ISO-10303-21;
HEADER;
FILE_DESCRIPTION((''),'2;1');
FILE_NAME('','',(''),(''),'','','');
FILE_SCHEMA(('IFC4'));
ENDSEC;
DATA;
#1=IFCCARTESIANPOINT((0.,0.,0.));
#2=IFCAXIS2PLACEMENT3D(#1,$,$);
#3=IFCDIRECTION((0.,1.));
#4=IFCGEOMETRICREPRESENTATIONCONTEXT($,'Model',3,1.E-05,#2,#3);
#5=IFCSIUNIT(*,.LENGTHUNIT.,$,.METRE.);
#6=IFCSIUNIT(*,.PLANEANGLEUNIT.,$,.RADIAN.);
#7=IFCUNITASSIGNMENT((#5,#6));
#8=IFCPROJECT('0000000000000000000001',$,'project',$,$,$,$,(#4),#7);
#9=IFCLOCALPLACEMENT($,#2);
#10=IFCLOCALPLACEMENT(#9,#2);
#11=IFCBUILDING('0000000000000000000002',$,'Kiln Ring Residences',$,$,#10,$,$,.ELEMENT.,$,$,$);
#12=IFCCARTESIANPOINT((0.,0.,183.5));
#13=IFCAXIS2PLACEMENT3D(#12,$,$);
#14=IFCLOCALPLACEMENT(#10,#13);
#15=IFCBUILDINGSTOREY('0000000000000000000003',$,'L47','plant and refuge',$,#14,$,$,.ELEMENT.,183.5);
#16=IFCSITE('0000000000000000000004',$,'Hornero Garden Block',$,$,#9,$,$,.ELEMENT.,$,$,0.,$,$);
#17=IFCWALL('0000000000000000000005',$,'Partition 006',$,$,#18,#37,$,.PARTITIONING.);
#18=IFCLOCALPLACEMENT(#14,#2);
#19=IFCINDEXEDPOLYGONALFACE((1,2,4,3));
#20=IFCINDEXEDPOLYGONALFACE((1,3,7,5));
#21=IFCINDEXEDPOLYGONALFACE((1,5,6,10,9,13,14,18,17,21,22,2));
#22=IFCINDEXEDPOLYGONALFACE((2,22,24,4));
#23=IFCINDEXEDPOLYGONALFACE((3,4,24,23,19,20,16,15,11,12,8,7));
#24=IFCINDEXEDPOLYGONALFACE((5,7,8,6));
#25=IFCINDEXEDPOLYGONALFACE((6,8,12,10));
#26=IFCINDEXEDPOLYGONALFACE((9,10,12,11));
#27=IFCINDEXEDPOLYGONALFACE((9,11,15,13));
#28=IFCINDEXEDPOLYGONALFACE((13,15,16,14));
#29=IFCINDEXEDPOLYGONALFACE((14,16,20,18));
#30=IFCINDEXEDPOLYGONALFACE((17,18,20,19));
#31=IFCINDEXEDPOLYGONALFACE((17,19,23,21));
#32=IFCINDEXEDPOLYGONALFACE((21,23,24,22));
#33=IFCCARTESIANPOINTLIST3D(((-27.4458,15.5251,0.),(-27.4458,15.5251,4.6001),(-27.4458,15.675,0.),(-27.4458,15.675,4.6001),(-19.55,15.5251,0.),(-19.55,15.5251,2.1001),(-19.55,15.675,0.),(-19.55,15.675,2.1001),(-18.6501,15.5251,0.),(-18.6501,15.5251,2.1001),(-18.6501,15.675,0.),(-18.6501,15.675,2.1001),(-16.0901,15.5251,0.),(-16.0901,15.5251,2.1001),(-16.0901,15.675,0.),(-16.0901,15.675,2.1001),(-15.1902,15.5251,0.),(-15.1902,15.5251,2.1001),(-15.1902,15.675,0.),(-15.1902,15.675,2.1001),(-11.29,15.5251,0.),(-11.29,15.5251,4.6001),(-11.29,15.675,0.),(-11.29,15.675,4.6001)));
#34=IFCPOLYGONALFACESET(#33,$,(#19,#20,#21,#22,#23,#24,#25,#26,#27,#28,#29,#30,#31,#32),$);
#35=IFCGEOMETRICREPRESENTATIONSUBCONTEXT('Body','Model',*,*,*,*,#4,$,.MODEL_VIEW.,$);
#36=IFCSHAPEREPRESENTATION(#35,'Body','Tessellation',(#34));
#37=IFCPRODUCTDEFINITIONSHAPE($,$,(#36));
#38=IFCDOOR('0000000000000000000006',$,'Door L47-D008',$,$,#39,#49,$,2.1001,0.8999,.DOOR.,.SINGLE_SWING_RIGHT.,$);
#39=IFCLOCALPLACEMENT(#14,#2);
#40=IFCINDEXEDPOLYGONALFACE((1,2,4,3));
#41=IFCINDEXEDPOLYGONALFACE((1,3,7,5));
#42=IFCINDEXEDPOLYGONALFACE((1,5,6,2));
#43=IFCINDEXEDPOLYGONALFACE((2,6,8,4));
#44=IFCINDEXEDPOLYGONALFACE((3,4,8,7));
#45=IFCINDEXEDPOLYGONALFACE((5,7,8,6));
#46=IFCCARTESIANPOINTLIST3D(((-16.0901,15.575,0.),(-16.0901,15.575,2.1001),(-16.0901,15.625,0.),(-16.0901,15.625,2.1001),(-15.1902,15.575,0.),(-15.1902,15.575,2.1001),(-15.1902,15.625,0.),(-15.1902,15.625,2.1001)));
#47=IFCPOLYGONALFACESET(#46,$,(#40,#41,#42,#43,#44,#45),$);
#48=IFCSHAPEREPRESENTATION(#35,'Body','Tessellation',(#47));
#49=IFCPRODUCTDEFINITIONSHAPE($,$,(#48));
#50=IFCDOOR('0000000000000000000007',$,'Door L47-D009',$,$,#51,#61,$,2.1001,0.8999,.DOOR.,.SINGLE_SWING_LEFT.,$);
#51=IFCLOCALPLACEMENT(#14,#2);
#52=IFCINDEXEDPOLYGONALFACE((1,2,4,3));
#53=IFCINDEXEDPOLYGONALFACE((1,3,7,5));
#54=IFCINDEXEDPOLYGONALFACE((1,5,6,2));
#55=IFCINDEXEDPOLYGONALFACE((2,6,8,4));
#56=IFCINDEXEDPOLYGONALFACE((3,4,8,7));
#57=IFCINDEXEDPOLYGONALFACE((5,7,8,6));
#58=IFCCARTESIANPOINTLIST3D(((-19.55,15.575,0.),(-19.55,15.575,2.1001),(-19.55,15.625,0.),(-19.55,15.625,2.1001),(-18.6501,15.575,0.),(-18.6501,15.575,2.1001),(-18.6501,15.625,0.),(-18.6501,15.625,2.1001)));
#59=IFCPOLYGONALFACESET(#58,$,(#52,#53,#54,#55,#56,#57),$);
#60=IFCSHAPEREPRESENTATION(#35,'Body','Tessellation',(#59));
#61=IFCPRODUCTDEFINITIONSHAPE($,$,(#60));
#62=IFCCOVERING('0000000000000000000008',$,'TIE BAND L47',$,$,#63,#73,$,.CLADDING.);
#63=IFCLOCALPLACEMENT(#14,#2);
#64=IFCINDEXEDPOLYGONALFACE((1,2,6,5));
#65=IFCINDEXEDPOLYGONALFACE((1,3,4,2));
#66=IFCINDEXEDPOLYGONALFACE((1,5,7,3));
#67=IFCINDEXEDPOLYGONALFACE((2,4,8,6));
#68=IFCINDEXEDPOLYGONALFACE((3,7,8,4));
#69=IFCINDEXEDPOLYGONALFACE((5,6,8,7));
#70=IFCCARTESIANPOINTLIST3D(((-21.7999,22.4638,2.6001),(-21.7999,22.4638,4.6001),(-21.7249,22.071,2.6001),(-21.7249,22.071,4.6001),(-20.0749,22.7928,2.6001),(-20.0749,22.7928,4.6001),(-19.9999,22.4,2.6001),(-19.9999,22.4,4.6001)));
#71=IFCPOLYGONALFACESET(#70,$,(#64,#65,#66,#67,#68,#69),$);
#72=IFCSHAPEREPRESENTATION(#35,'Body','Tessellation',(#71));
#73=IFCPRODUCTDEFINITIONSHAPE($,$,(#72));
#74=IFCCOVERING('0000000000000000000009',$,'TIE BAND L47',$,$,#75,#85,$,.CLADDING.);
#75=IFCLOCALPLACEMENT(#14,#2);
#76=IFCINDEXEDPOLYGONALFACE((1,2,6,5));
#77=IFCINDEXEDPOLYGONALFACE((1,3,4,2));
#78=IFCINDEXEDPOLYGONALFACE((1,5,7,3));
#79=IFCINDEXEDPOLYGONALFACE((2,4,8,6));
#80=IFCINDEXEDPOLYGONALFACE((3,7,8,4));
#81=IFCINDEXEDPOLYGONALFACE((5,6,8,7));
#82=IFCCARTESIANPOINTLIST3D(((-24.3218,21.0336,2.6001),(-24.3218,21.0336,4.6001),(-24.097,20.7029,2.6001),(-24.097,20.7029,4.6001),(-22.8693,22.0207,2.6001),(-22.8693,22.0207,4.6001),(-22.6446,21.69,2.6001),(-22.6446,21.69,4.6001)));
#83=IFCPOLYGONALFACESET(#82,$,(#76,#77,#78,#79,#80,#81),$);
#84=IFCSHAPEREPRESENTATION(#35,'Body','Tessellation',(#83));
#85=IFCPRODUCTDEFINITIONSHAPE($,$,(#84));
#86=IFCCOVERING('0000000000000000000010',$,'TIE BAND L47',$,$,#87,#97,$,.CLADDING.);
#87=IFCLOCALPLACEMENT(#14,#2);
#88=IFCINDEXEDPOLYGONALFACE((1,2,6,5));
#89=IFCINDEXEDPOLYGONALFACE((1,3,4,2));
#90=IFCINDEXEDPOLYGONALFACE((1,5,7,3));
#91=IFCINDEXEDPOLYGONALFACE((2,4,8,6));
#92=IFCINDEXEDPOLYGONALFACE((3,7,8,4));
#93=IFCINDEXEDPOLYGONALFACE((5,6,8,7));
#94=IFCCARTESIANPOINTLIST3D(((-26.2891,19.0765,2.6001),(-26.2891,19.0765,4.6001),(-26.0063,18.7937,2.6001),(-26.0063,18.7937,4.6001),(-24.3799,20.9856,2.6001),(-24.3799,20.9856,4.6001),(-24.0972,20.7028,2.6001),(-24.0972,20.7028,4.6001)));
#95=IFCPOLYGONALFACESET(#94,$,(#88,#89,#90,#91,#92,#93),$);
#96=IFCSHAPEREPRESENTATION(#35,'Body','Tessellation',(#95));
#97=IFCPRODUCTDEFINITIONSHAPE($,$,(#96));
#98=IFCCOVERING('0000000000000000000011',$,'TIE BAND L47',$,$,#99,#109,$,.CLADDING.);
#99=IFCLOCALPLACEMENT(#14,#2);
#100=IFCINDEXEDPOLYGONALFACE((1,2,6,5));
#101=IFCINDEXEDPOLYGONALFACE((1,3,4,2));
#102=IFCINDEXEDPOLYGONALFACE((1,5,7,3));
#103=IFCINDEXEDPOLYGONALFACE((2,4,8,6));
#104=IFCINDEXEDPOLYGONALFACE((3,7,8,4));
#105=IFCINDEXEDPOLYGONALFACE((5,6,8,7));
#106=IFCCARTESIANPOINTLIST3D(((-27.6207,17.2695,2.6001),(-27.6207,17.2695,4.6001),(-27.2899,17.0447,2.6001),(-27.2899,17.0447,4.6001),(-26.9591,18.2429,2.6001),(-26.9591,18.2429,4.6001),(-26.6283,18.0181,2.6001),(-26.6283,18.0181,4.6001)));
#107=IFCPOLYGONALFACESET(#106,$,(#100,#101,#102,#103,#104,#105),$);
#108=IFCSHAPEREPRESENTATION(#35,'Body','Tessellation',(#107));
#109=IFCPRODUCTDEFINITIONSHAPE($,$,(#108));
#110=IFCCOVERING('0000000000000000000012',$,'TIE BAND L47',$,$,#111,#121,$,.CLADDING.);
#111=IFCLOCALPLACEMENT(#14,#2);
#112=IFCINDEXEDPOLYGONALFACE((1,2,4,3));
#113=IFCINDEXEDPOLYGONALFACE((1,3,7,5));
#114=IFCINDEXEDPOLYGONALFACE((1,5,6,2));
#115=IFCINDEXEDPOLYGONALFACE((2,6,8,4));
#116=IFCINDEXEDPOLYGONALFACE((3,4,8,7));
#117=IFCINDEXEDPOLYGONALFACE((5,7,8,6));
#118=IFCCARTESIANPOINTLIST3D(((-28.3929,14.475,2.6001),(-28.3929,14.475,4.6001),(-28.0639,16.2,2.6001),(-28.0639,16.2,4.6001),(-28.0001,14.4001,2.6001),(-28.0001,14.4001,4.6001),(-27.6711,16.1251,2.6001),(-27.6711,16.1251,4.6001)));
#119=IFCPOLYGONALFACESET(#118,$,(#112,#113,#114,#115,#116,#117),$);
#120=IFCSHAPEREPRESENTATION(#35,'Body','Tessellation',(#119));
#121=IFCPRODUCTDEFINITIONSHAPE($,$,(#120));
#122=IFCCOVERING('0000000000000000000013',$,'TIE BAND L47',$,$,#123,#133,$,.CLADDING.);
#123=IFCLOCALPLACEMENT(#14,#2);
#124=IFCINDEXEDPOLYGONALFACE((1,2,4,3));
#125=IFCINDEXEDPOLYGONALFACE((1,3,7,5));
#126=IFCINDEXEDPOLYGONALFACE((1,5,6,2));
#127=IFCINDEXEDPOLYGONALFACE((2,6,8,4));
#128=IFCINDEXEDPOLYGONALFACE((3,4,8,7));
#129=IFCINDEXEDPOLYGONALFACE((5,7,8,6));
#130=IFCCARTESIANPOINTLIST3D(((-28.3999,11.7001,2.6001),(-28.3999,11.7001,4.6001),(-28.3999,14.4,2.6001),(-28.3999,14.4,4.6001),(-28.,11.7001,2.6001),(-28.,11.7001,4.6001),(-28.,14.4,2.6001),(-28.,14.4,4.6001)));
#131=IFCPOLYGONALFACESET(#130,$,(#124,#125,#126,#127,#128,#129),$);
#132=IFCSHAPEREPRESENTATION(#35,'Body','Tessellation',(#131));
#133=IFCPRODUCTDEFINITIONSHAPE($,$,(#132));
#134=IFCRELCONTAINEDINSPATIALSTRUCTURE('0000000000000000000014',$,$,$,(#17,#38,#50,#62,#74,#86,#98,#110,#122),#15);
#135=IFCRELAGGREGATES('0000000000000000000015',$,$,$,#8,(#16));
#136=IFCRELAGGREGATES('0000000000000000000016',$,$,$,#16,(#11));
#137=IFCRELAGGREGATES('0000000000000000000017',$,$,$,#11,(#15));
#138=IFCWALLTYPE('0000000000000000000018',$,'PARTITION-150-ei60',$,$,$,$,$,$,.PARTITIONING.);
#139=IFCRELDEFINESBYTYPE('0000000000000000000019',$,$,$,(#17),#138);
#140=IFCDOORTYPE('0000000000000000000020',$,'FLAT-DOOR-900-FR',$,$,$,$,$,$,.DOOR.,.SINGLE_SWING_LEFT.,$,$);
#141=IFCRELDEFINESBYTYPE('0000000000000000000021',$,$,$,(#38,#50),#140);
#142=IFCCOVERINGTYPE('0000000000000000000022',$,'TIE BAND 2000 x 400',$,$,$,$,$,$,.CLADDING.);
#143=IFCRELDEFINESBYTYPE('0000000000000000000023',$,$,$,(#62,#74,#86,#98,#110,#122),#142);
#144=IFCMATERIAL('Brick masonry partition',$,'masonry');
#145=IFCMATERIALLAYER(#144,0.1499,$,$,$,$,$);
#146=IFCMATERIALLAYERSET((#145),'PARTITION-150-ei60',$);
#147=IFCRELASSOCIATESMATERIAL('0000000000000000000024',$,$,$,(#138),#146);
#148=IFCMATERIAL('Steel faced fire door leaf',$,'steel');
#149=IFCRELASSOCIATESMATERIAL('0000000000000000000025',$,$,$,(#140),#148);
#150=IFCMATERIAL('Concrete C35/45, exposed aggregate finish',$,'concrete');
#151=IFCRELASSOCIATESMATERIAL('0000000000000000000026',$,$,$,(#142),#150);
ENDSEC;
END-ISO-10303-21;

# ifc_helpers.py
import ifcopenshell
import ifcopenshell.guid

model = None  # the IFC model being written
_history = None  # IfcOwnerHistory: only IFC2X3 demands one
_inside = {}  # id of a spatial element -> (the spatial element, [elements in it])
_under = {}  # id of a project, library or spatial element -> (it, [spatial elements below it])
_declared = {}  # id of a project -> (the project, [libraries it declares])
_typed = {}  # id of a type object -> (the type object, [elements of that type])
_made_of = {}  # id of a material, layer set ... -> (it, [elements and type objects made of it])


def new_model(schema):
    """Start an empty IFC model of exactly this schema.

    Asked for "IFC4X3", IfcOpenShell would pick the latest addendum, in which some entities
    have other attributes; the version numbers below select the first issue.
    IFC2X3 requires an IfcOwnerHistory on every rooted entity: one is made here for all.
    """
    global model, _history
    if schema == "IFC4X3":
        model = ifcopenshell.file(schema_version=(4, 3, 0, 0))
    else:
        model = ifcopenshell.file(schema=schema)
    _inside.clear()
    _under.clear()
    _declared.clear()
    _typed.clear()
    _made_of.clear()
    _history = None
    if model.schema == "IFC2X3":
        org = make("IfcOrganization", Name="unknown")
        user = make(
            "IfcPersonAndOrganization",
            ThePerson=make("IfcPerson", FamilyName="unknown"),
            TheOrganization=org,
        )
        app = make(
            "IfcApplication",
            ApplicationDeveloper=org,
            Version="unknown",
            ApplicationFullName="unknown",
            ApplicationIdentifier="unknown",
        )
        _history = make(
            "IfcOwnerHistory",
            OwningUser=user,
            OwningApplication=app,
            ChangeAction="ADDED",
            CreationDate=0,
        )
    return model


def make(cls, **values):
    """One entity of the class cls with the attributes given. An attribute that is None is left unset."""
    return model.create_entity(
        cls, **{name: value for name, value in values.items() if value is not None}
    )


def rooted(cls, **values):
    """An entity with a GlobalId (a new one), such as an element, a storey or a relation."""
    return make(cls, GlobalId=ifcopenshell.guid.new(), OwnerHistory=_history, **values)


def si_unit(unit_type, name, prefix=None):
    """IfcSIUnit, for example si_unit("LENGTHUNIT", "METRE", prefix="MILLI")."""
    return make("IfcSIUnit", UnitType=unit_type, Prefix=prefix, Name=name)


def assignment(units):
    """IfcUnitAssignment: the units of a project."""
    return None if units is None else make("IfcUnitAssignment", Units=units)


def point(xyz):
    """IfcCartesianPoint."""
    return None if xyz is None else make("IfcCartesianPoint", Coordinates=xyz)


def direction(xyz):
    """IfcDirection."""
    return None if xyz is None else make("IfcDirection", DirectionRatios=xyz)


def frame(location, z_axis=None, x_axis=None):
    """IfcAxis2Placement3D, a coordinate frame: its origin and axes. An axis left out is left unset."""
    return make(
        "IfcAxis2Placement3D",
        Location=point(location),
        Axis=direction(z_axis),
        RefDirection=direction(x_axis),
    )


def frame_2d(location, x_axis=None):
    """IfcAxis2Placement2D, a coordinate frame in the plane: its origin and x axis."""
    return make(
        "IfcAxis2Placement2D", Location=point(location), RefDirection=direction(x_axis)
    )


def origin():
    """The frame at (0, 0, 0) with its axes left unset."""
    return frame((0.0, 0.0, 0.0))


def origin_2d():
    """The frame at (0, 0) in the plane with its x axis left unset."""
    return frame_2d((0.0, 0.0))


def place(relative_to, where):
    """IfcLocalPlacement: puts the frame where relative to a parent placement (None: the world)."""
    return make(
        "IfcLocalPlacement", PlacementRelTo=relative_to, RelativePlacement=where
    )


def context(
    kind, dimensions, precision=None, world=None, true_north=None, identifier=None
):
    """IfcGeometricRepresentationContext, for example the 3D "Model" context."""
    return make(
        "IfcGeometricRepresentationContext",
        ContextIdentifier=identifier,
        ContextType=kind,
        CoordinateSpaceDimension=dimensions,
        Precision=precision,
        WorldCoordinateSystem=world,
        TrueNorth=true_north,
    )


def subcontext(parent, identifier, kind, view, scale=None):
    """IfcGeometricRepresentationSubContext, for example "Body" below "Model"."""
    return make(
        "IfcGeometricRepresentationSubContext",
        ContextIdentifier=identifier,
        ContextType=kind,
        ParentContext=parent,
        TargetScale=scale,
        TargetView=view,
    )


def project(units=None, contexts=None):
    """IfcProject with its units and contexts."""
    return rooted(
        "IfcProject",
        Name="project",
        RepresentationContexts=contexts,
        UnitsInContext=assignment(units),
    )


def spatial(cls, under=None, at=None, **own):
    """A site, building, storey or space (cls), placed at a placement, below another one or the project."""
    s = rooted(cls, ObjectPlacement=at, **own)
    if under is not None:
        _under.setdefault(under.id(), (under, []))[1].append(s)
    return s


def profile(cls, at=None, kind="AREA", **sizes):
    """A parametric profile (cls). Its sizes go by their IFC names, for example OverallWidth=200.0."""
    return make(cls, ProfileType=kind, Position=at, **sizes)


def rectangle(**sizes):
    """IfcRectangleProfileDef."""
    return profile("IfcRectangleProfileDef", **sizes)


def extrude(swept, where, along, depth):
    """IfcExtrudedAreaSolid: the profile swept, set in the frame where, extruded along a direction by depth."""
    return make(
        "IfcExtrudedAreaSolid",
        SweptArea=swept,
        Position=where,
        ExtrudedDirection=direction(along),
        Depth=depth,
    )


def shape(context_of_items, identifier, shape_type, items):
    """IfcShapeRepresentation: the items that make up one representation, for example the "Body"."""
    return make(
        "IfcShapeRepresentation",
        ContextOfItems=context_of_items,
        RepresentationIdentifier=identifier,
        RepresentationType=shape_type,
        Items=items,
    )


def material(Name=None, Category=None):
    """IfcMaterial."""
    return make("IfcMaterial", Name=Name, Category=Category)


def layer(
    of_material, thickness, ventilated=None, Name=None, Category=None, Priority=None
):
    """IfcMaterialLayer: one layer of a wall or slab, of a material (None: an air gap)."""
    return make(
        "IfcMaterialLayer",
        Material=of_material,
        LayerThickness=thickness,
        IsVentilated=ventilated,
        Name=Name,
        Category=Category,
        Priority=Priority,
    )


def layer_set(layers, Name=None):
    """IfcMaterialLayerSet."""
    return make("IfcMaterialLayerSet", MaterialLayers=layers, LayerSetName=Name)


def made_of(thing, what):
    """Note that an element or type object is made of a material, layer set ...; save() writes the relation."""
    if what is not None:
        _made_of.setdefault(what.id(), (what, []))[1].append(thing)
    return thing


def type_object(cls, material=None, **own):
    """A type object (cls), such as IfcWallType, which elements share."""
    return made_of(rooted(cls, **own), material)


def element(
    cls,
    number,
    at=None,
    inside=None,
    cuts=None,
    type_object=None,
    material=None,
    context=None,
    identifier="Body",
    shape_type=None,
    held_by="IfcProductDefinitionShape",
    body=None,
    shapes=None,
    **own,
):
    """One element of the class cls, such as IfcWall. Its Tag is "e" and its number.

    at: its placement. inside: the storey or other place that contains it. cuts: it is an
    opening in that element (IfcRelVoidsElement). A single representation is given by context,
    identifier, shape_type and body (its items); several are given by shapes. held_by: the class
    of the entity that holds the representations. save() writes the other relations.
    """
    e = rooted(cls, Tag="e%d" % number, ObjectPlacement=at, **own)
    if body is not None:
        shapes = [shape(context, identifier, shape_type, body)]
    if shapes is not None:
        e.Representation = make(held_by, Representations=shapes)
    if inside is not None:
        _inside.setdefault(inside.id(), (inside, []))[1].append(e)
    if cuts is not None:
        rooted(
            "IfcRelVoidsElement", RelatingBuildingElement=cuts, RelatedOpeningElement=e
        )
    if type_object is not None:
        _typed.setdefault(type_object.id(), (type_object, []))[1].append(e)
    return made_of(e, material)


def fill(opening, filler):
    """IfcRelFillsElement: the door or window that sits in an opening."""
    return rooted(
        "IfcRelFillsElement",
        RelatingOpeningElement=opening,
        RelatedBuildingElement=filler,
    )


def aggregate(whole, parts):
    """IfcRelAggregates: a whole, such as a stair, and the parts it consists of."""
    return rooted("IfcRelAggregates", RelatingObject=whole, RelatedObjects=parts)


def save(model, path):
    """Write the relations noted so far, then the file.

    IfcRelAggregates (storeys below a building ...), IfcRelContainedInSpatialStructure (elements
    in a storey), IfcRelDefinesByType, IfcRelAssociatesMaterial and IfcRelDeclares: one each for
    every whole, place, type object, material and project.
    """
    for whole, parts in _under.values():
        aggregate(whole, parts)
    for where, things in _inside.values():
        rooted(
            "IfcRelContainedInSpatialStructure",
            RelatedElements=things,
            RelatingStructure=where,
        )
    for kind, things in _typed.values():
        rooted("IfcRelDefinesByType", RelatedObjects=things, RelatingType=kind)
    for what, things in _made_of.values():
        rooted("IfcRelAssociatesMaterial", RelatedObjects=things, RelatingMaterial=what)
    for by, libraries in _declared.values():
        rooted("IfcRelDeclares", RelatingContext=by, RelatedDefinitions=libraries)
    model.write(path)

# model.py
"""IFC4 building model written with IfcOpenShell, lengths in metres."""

from ifc_helpers import new_model, si_unit, direction, frame, frame_2d, origin, origin_2d, place, context, subcontext, project, spatial, rectangle, extrude, material, layer, layer_set, type_object, element, fill, save


model = new_model("IFC4")

# Units and contexts
model_context = context("Model", 3, precision=1e-05, world=origin(), true_north=direction((0.0, 1.0)))
body_context = subcontext(model_context, "Body", "Model", "MODEL_VIEW")
ifc_project = project(units=[si_unit("LENGTHUNIT", "METRE"), si_unit("PLANEANGLEUNIT", "RADIAN")], contexts=[model_context])

# Site, building, storey
site_placement = place(None, origin())
site = spatial("IfcSite", under=ifc_project, at=site_placement, Name="Hornero Garden Block", CompositionType="ELEMENT", RefElevation=0.0)
building_placement = place(site_placement, origin())
building = spatial("IfcBuilding", under=site, at=building_placement, Name="Kiln Ring Residences", CompositionType="ELEMENT")
storey_placement = place(building_placement, frame((0.0, 0.0, 183.5)))
storey = spatial("IfcBuildingStorey", under=building, at=storey_placement, Name="L47", Description="plant and refuge", CompositionType="ELEMENT", Elevation=183.5)

# Wall, openings, doors
ifc_material_1 = material(Name="Brick masonry partition", Category="masonry")
ifc_layer_1 = layer(ifc_material_1, 0.1499)
ifc_layer_set_1 = layer_set([ifc_layer_1], Name="PARTITION-150-ei60")
wall_type_1 = type_object("IfcWallType", Name="PARTITION-150-ei60", PredefinedType="PARTITIONING", material=ifc_layer_set_1)
wall_1_placement = place(storey_placement, frame((-27.4458, 15.6001, 0.0), z_axis=(0.0, 0.0, 1.0), x_axis=(1.0, 0.0, 0.0)))
wall_1 = element("IfcWall", 1, at=wall_1_placement, inside=storey, type_object=wall_type_1, Name="Partition 006", PredefinedType="PARTITIONING", context=body_context, shape_type="SweptSolid", body=[
    extrude(rectangle(XDim=16.1558, YDim=0.1499, at=frame_2d((8.0779, 0.0))), origin(), (0.0, 0.0, 1.0), 4.6001),
])
opening_1_placement = place(wall_1_placement, frame((11.3557, 0.0, 0.0)))
opening_1 = element("IfcOpeningElement", 2, at=opening_1_placement, cuts=wall_1, PredefinedType="OPENING", context=body_context, shape_type="SweptSolid", body=[
    extrude(rectangle(XDim=0.8999, YDim=2.1001, at=frame_2d((0.45, 1.05))), frame((0.0, 0.085, 0.0), z_axis=(0.0, -1.0, 0.0), x_axis=(1.0, 0.0, 0.0)), (0.0, 0.0, 1.0), 0.1699),
])
opening_2_placement = place(wall_1_placement, frame((7.8958, 0.0, 0.0)))
opening_2 = element("IfcOpeningElement", 3, at=opening_2_placement, cuts=wall_1, PredefinedType="OPENING", context=body_context, shape_type="SweptSolid", body=[
    extrude(rectangle(XDim=0.8999, YDim=2.1001, at=frame_2d((0.45, 1.05))), frame((0.0, 0.085, 0.0), z_axis=(0.0, -1.0, 0.0), x_axis=(1.0, 0.0, 0.0)), (0.0, 0.0, 1.0), 0.1699),
])
ifc_material_2 = material(Name="Steel faced fire door leaf", Category="steel")
door_type = type_object("IfcDoorType", Name="FLAT-DOOR-900-FR", OperationType="SINGLE_SWING_LEFT", PredefinedType="DOOR", material=ifc_material_2)
door_1_placement = place(opening_1_placement, origin())
door_1 = element("IfcDoor", 4, at=door_1_placement, inside=storey, type_object=door_type, Name="Door L47-D008", OperationType="SINGLE_SWING_RIGHT", OverallHeight=2.1001, OverallWidth=0.8999, PredefinedType="DOOR", context=body_context, shape_type="SweptSolid", body=[
    extrude(rectangle(XDim=0.8999, YDim=2.1001, at=frame_2d((0.45, 1.05))), frame((0.0, 0.0249, 0.0), z_axis=(0.0, -1.0, 0.0), x_axis=(1.0, 0.0, 0.0)), (0.0, 0.0, 1.0), 0.05),
])
fill(opening_1, door_1)
door_2_placement = place(opening_2_placement, origin())
door_2 = element("IfcDoor", 5, at=door_2_placement, inside=storey, type_object=door_type, Name="Door L47-D009", OperationType="SINGLE_SWING_LEFT", OverallHeight=2.1001, OverallWidth=0.8999, PredefinedType="DOOR", context=body_context, shape_type="SweptSolid", body=[
    extrude(rectangle(XDim=0.8999, YDim=2.1001, at=frame_2d((0.45, 1.05))), frame((0.0, 0.0249, 0.0), z_axis=(0.0, -1.0, 0.0), x_axis=(1.0, 0.0, 0.0)), (0.0, 0.0, 1.0), 0.05),
])
fill(opening_2, door_2)

# Coverings
ifc_material_3 = material(Name="Concrete C35/45, exposed aggregate finish", Category="concrete")
covering_type = type_object("IfcCoveringType", Name="TIE BAND 2000 x 400", PredefinedType="CLADDING", material=ifc_material_3)
for number, where, z_axis, x_axis, name in (
    (6, (-20.8999, 22.4319, 2.6001), (0.0, 0.0, 1.0), (-0.98229, -0.187366, 0.0), "TIE BAND L47"),
    (7, (-23.4832, 21.3618, 2.6001), (0.0, 0.0, 1.0), (-0.827072, -0.562097, 0.0), "TIE BAND L47"),
):
    element("IfcCovering", number, at=place(storey_placement, frame(where, z_axis=z_axis, x_axis=x_axis)), inside=storey, type_object=covering_type, Name=name, PredefinedType="CLADDING", context=body_context, shape_type="SweptSolid", body=[
        extrude(rectangle(XDim=1.7561, YDim=0.3999, at=origin_2d()), origin(), (0.0, 0.0, 1.0), 2.0),
    ])
covering_1_placement = place(storey_placement, frame((-25.1931, 19.8896, 2.6001), z_axis=(0.0, 0.0, 1.0), x_axis=(-0.707107, -0.707107, 0.0)))
element("IfcCovering", 8, at=covering_1_placement, inside=storey, type_object=covering_type, Name="TIE BAND L47", PredefinedType="CLADDING", context=body_context, shape_type="SweptSolid", body=[
    extrude(rectangle(XDim=2.7, YDim=0.3999, at=origin_2d()), origin(), (0.0, 0.0, 1.0), 2.0),
])
covering_2_placement = place(storey_placement, frame((-27.1245, 17.6438, 2.6001), z_axis=(0.0, 0.0, 1.0), x_axis=(-0.562097, -0.827072, 0.0)))
element("IfcCovering", 9, at=covering_2_placement, inside=storey, type_object=covering_type, Name="TIE BAND L47", PredefinedType="CLADDING", context=body_context, shape_type="SweptSolid", body=[
    extrude(rectangle(XDim=1.177, YDim=0.3999, at=origin_2d()), origin(), (0.0, 0.0, 1.0), 2.0),
])
covering_3_placement = place(storey_placement, frame((-28.032, 15.3, 2.6001), z_axis=(0.0, 0.0, 1.0), x_axis=(-0.187366, -0.98229, 0.0)))
element("IfcCovering", 10, at=covering_3_placement, inside=storey, type_object=covering_type, Name="TIE BAND L47", PredefinedType="CLADDING", context=body_context, shape_type="SweptSolid", body=[
    extrude(rectangle(XDim=1.7561, YDim=0.3999, at=origin_2d()), origin(), (0.0, 0.0, 1.0), 2.0),
])
covering_4_placement = place(storey_placement, frame((-28.2, 13.05, 2.6001), z_axis=(0.0, 0.0, 1.0), x_axis=(0.0, -1.0, 0.0)))
element("IfcCovering", 11, at=covering_4_placement, inside=storey, type_object=covering_type, Name="TIE BAND L47", PredefinedType="CLADDING", context=body_context, shape_type="SweptSolid", body=[
    extrude(rectangle(XDim=2.7, YDim=0.3999, at=origin_2d()), origin(), (0.0, 0.0, 1.0), 2.0),
])

save(model, "model.ifc")
